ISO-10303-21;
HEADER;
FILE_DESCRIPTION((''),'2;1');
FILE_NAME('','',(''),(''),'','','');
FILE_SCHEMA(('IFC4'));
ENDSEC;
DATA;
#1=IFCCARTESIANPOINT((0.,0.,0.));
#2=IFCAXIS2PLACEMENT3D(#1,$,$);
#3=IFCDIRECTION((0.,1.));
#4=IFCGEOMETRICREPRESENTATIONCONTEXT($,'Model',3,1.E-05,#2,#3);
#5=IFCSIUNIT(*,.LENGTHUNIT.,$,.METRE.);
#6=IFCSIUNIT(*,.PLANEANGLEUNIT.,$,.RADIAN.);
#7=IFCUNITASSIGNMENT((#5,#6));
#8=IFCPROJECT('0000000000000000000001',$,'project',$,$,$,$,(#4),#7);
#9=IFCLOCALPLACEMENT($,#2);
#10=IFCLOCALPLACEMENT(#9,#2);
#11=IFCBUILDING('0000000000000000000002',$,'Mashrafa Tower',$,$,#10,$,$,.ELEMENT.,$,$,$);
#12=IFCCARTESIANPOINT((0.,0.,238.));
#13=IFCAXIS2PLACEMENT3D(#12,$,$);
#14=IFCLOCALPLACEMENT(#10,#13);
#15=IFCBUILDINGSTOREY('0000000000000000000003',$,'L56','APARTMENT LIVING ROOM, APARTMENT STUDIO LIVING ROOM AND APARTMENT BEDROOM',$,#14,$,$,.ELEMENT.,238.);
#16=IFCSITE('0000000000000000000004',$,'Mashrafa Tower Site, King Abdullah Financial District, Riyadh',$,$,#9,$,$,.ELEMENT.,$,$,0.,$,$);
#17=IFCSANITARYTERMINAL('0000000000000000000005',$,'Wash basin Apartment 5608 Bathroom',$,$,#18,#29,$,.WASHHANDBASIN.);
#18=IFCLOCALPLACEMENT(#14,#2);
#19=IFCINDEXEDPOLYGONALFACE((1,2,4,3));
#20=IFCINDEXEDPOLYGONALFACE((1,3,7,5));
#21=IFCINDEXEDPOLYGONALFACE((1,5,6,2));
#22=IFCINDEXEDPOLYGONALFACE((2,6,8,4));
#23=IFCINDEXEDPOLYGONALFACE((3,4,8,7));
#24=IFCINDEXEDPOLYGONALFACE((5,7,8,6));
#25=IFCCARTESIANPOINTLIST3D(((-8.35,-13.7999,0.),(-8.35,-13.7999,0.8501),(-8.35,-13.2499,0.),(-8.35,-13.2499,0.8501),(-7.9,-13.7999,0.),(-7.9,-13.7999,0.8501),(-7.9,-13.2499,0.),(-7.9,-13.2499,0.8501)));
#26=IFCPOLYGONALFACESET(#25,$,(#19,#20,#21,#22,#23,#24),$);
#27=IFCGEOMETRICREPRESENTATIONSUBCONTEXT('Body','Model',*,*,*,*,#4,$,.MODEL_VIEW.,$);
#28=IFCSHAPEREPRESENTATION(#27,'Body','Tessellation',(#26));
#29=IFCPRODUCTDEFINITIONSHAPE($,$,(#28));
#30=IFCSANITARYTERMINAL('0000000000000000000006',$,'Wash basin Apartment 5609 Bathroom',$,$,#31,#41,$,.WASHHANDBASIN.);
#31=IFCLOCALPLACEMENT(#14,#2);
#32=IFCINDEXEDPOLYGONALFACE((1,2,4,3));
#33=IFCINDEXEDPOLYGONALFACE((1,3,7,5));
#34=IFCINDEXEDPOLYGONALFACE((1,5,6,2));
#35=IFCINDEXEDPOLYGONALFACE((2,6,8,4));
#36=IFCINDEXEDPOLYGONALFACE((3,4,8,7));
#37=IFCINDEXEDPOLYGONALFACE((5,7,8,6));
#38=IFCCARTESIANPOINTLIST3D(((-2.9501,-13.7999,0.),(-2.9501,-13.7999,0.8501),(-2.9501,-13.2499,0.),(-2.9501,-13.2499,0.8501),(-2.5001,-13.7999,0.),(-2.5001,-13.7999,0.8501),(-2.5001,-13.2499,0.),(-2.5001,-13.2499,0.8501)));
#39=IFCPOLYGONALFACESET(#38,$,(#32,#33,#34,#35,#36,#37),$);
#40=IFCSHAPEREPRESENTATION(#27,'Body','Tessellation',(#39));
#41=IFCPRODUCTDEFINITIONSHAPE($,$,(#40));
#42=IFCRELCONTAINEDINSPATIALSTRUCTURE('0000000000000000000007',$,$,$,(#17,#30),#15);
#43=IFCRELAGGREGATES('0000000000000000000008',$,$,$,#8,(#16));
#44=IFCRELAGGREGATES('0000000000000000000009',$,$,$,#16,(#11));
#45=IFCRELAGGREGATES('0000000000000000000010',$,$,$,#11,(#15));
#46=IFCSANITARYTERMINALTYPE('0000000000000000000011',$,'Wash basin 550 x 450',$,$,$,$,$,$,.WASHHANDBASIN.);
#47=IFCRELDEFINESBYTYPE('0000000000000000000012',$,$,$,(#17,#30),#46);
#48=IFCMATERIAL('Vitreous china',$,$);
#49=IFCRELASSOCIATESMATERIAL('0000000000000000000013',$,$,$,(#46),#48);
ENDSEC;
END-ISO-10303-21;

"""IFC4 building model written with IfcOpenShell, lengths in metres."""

from ifc_helpers import new_model, si_unit, direction, frame, origin, origin_2d, place, context, subcontext, project, spatial, rectangle, extrude, material, type_object, element, save


model = new_model("IFC4")

# Units and contexts
model_context = context("Model", 3, precision=1e-05, world=origin(), true_north=direction((0.0, 1.0)))
body_context = subcontext(model_context, "Body", "Model", "MODEL_VIEW")
ifc_project = project(units=[si_unit("LENGTHUNIT", "METRE"), si_unit("PLANEANGLEUNIT", "RADIAN")], contexts=[model_context])

# Site, building, storey
site_placement = place(None, origin())
site = spatial("IfcSite", under=ifc_project, at=site_placement, Name="Mashrafa Tower Site, King Abdullah Financial District, Riyadh", CompositionType="ELEMENT", RefElevation=0.0)
building_placement = place(site_placement, origin())
building = spatial("IfcBuilding", under=site, at=building_placement, Name="Mashrafa Tower", CompositionType="ELEMENT")
storey_placement = place(building_placement, frame((0.0, 0.0, 238.0)))
storey = spatial("IfcBuildingStorey", under=building, at=storey_placement, Name="L56", Description="APARTMENT LIVING ROOM, APARTMENT STUDIO LIVING ROOM AND APARTMENT BEDROOM", CompositionType="ELEMENT", Elevation=238.0)

# Sanitary terminals
ifc_material_1 = material(Name="Vitreous china")
sanitary_terminal_type_1 = type_object("IfcSanitaryTerminalType", Name="Wash basin 550 x 450", PredefinedType="WASHHANDBASIN", material=ifc_material_1)
for number, where, z_axis, x_axis, name in (
    (1, (-8.125, -13.5249, 0.0), (0.0, 0.0, 1.0), (0.0, 1.0, 0.0), "Wash basin Apartment 5608 Bathroom"),
    (2, (-2.7251, -13.5249, 0.0), (0.0, 0.0, 1.0), (0.0, 1.0, 0.0), "Wash basin Apartment 5609 Bathroom"),
):
    element("IfcSanitaryTerminal", number, at=place(storey_placement, frame(where, z_axis=z_axis, x_axis=x_axis)), inside=storey, type_object=sanitary_terminal_type_1, Name=name, PredefinedType="WASHHANDBASIN", context=body_context, shape_type="SweptSolid", body=[
        extrude(rectangle(XDim=0.55, YDim=0.45, at=origin_2d()), origin(), (0.0, 0.0, 1.0), 0.8501),
    ])

save(model, "model.ifc")
